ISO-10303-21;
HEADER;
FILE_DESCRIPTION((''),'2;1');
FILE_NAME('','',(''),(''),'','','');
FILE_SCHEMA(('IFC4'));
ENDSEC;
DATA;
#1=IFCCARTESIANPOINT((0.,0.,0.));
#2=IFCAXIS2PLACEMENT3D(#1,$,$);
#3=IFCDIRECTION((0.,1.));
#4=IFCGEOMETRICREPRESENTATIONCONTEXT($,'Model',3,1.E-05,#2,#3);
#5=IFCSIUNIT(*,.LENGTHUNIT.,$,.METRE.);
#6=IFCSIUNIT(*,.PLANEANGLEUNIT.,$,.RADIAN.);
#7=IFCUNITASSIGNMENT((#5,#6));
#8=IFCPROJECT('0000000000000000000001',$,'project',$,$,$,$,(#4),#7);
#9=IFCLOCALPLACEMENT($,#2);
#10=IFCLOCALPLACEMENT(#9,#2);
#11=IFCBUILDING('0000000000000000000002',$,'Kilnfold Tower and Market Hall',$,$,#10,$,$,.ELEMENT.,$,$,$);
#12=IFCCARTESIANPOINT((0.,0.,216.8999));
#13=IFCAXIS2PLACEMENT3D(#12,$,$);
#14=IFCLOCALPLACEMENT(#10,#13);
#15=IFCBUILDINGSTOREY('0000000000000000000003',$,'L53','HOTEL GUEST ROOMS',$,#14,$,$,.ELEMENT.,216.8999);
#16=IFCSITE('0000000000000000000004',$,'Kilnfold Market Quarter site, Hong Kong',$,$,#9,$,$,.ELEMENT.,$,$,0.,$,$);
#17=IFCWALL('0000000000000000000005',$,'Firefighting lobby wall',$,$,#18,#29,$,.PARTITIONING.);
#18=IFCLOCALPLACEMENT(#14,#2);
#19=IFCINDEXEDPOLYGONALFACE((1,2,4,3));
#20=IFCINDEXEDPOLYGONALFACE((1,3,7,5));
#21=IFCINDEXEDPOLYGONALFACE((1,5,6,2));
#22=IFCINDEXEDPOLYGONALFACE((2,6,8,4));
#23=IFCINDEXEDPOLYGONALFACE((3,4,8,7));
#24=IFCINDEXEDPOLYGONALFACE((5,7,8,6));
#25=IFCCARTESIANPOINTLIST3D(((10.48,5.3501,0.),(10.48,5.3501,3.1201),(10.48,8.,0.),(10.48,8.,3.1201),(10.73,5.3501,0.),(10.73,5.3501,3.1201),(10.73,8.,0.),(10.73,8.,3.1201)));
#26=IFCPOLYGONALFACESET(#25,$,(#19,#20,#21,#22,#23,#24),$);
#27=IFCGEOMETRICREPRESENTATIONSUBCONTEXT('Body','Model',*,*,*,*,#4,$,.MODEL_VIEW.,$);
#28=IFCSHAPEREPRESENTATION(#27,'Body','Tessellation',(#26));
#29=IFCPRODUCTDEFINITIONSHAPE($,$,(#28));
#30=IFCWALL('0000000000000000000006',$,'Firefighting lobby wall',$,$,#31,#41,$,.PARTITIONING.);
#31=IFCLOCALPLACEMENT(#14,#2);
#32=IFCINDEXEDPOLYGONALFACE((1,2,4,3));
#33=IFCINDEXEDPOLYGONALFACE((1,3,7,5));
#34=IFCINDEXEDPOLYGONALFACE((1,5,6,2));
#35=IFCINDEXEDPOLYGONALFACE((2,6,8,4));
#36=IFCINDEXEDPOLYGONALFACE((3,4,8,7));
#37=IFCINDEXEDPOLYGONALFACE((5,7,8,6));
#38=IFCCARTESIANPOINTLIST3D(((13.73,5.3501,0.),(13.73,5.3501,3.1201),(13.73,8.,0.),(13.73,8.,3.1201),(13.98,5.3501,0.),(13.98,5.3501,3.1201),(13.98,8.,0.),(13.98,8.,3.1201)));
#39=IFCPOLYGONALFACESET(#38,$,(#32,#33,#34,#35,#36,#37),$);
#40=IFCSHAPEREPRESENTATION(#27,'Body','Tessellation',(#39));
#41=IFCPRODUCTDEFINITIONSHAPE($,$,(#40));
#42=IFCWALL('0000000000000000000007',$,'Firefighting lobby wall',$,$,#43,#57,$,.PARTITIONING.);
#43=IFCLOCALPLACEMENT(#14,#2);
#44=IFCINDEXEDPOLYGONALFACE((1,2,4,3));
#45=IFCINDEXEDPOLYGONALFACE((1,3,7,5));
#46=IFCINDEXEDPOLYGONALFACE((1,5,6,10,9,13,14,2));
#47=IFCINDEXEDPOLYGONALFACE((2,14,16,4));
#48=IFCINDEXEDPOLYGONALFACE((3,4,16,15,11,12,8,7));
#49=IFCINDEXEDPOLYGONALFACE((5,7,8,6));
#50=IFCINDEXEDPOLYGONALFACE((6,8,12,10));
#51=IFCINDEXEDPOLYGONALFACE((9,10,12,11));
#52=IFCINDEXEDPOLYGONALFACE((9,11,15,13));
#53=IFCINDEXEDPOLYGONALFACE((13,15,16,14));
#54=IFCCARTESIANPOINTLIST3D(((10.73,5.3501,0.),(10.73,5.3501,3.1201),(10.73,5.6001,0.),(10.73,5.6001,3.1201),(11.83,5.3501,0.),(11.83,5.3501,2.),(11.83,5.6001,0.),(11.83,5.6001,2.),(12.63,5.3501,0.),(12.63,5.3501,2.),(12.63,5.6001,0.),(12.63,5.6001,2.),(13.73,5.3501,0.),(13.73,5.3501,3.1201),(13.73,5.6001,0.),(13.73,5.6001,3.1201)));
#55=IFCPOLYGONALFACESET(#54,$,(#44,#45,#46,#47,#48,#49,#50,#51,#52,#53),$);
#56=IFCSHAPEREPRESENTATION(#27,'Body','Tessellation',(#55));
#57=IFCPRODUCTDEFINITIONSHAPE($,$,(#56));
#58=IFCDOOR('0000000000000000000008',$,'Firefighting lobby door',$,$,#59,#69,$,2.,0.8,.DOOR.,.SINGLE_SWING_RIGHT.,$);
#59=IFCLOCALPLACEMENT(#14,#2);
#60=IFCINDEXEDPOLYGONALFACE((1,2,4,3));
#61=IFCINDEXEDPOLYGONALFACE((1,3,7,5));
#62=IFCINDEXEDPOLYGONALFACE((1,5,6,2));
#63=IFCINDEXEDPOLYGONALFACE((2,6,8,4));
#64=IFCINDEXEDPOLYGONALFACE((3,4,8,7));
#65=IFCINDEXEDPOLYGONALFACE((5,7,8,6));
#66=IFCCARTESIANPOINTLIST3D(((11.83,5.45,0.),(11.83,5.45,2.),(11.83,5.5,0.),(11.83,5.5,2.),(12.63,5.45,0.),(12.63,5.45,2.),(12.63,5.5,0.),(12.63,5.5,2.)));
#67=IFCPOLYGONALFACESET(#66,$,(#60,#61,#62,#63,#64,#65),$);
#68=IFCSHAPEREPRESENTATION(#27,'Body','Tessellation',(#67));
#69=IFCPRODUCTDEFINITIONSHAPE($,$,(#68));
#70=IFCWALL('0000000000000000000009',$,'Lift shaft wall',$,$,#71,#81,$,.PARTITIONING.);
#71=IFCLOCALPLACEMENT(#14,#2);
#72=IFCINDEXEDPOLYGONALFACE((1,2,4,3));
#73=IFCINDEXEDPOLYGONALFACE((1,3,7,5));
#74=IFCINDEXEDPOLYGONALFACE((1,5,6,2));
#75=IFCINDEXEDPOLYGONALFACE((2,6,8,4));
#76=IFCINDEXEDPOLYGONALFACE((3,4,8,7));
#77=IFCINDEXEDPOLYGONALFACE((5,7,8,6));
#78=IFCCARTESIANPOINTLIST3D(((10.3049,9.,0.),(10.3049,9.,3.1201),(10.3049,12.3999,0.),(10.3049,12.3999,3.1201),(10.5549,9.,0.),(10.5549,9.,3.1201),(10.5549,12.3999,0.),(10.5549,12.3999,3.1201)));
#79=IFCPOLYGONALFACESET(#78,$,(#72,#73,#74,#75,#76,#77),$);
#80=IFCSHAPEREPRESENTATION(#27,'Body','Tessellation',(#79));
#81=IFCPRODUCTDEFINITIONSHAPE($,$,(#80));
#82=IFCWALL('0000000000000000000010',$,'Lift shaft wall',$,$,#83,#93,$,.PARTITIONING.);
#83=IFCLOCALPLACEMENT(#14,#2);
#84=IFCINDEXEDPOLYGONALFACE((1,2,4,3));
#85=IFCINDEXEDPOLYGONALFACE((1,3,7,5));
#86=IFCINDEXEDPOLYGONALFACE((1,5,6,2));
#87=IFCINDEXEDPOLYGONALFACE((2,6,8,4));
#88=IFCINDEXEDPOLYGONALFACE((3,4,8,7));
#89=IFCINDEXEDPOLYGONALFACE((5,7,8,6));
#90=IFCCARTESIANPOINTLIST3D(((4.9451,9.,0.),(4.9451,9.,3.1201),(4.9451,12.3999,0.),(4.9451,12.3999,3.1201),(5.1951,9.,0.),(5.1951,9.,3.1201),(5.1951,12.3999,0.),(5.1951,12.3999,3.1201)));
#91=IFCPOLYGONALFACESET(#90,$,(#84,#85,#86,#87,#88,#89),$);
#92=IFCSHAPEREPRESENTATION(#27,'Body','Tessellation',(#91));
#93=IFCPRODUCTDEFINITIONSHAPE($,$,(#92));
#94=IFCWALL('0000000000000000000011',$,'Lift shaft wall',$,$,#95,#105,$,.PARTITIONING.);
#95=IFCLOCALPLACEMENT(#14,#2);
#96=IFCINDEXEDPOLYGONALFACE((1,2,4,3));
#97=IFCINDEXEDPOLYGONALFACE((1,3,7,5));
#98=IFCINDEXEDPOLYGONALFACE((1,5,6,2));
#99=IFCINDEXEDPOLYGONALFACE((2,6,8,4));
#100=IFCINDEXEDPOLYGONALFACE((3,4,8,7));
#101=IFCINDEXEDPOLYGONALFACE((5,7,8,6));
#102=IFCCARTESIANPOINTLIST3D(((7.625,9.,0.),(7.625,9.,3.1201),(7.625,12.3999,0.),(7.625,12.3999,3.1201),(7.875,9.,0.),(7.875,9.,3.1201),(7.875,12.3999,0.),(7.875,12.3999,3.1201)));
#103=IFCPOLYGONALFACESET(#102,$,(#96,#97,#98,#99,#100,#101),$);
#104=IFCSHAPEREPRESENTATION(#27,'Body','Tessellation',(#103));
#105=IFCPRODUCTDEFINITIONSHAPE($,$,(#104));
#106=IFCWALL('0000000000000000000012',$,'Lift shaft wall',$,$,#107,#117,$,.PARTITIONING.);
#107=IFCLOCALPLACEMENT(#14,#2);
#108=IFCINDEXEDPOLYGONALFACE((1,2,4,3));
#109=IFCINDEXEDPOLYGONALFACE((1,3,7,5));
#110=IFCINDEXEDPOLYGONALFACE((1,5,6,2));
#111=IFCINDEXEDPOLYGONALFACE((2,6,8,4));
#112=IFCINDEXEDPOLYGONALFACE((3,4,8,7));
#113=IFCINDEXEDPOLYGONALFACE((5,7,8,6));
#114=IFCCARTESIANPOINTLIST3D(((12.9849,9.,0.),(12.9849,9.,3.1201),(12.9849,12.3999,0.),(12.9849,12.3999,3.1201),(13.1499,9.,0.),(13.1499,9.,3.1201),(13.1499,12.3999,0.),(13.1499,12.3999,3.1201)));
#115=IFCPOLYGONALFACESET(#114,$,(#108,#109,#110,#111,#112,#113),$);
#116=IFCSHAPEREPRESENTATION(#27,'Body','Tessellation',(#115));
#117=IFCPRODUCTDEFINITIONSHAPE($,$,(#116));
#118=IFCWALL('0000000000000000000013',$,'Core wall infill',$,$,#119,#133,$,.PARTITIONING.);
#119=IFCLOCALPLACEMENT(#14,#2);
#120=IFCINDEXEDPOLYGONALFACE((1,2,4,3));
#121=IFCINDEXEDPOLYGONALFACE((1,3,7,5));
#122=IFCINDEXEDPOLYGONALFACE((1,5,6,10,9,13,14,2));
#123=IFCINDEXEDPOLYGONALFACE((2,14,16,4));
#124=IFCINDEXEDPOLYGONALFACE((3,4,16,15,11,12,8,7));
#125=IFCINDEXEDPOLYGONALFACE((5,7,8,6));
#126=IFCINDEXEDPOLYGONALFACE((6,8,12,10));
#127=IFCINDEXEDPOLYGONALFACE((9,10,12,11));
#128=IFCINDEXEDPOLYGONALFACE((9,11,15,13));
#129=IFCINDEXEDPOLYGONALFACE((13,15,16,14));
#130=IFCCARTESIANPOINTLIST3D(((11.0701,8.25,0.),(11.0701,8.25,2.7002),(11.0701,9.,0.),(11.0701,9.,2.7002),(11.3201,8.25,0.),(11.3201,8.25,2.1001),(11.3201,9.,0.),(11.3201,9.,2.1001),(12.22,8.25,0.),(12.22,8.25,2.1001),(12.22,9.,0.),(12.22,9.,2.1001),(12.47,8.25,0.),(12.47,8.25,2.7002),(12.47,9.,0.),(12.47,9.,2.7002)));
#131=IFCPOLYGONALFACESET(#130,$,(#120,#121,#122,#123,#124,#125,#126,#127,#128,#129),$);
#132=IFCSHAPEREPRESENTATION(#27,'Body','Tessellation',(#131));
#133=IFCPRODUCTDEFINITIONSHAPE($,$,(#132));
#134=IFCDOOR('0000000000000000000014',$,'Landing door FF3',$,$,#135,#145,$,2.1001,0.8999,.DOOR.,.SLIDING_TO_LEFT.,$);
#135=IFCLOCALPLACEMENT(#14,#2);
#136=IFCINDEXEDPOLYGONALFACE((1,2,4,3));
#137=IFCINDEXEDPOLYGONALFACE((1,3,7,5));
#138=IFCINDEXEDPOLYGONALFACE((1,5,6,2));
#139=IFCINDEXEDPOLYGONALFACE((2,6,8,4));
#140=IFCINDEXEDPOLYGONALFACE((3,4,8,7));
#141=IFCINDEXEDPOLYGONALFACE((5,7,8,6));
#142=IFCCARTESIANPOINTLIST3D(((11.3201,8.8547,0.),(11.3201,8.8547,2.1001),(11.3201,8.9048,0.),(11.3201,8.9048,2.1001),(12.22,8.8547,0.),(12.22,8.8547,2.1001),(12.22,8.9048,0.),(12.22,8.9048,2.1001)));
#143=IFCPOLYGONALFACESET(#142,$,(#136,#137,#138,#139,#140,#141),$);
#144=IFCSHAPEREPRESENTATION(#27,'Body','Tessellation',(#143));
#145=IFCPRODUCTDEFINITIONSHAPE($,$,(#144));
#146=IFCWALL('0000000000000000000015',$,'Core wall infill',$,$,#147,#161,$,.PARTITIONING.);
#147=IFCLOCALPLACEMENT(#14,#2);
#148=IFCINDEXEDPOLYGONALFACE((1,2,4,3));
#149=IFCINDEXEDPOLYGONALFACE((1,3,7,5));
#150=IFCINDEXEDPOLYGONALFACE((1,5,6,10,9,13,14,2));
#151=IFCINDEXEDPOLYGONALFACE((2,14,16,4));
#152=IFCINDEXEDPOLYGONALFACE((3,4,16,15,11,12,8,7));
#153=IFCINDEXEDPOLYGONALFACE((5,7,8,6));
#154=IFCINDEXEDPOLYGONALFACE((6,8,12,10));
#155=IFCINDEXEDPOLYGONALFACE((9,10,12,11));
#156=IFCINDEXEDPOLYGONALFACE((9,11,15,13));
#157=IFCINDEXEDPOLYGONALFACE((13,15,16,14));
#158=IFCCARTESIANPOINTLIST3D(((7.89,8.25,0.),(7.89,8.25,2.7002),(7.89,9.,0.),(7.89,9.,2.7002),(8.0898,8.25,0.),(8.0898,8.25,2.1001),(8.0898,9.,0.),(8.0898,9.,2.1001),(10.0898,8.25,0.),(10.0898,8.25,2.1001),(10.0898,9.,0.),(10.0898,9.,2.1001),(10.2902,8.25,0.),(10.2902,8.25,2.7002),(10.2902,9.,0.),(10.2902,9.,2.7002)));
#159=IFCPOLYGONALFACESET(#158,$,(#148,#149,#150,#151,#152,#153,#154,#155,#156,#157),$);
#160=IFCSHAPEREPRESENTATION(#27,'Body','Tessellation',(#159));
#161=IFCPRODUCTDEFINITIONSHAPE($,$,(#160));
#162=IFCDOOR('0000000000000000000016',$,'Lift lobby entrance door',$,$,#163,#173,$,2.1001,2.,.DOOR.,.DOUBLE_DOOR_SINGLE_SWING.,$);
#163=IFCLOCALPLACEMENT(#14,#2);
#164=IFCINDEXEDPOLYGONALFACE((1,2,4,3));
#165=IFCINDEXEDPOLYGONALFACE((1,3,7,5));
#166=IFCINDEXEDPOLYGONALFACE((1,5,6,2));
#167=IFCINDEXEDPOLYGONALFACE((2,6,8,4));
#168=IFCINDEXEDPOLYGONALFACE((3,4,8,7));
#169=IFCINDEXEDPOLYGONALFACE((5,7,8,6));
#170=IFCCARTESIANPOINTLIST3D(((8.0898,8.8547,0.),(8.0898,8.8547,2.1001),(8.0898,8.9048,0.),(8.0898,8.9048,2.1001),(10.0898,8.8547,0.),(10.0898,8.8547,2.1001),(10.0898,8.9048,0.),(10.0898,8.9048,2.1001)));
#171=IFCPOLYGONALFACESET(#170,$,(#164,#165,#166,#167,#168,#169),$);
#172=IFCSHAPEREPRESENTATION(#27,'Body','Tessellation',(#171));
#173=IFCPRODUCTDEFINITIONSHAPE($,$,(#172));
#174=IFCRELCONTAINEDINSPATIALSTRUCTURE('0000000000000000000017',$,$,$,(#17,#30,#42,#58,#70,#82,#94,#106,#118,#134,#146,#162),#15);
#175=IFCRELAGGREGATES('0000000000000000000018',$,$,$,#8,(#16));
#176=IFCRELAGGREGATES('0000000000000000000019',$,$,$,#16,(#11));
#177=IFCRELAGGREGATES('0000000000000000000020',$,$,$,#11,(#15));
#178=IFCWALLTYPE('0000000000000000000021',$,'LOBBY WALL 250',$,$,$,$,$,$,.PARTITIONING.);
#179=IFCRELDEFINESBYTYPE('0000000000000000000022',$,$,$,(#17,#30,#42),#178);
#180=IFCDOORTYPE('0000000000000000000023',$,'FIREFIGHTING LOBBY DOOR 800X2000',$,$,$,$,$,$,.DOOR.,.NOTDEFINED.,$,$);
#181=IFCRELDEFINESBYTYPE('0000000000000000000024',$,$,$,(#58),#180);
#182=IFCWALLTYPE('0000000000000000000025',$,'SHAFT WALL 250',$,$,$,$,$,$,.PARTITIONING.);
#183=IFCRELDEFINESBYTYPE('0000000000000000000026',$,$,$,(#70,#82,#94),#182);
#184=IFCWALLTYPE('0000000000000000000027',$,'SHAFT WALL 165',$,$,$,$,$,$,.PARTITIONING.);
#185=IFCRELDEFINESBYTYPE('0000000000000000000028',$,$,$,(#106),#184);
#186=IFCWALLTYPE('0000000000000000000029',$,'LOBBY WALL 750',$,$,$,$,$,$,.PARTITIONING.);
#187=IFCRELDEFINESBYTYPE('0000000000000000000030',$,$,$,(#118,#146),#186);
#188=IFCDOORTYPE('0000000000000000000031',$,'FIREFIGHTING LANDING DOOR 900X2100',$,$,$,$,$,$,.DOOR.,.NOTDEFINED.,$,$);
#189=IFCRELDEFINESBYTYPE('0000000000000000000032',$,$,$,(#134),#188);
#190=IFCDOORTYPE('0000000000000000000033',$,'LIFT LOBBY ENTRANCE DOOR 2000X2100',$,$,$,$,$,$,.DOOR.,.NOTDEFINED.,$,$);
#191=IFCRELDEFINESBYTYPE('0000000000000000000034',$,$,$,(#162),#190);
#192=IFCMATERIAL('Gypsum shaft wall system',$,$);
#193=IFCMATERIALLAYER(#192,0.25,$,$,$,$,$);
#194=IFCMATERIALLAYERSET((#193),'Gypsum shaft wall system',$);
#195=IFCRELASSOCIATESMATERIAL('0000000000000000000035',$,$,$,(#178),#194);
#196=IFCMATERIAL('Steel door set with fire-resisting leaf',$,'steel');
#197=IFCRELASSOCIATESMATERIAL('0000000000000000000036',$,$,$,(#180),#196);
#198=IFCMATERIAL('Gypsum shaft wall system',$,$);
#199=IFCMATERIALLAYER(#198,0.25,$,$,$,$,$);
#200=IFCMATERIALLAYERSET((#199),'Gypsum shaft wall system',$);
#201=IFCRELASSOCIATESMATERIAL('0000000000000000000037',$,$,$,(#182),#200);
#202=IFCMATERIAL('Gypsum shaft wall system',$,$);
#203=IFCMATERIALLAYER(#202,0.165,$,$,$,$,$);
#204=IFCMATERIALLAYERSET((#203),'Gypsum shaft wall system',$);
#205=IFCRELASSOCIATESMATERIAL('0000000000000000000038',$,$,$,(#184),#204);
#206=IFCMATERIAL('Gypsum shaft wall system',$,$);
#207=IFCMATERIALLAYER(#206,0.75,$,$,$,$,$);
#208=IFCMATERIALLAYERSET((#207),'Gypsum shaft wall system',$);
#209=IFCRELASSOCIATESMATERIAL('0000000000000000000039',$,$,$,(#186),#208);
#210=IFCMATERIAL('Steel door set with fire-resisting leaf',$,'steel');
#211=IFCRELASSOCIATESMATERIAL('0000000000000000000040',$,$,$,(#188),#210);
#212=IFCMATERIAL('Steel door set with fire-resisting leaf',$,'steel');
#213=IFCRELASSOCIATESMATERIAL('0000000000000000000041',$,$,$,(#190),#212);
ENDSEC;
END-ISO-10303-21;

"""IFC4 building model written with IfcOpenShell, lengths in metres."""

from ifc_helpers import new_model, si_unit, direction, frame, frame_2d, origin, place, context, subcontext, project, spatial, rectangle, extrude, source, transform, mapped, material, layer, layer_set, type_object, element, fill, save


model = new_model("IFC4")

# Units and contexts
model_context = context("Model", 3, precision=1e-05, world=origin(), true_north=direction((0.0, 1.0)))
body_context = subcontext(model_context, "Body", "Model", "MODEL_VIEW")
ifc_project = project(units=[si_unit("LENGTHUNIT", "METRE"), si_unit("PLANEANGLEUNIT", "RADIAN")], contexts=[model_context])

# Site, building, storey
site_placement = place(None, origin())
site = spatial("IfcSite", under=ifc_project, at=site_placement, Name="Kilnfold Market Quarter site, Hong Kong", CompositionType="ELEMENT", RefElevation=0.0)
building_placement = place(site_placement, origin())
building = spatial("IfcBuilding", under=site, at=building_placement, Name="Kilnfold Tower and Market Hall", CompositionType="ELEMENT")
storey_placement = place(building_placement, frame((0.0, 0.0, 216.8999)))
storey = spatial("IfcBuildingStorey", under=building, at=storey_placement, Name="L53", Description="HOTEL GUEST ROOMS", CompositionType="ELEMENT", Elevation=216.8999)

# Walls
ifc_material_1 = material(Name="Gypsum shaft wall system")
ifc_layer_1 = layer(ifc_material_1, 0.25)
ifc_layer_set_1 = layer_set([ifc_layer_1], Name="Gypsum shaft wall system")
wall_type_1 = type_object("IfcWallType", Name="LOBBY WALL 250", PredefinedType="PARTITIONING", material=ifc_layer_set_1)
shared_shape_1 = source(origin(), body_context, "Body", "SweptSolid", [
    extrude(rectangle(XDim=2.6499, YDim=0.25, at=frame_2d((1.325, 0.0))), origin(), (0.0, 0.0, 1.0), 3.1201),
])
for number, where, z_axis, x_axis, name in (
    (1, (10.605, 5.3501, 0.0), (0.0, 0.0, 1.0), (0.0, 1.0, 0.0), "Firefighting lobby wall"),
    (2, (13.855, 5.3501, 0.0), (0.0, 0.0, 1.0), (0.0, 1.0, 0.0), "Firefighting lobby wall"),
):
    element("IfcWall", number, at=place(storey_placement, frame(where, z_axis=z_axis, x_axis=x_axis)), inside=storey, type_object=wall_type_1, Name=name, PredefinedType="PARTITIONING", context=body_context, shape_type="MappedRepresentation", body=[
        mapped(shared_shape_1, transform((0.0, 0.0, 0.0))),
    ])

# Wall, opening, door
shared_shape_2 = source(origin(), body_context, "Body", "SweptSolid", [
    extrude(rectangle(XDim=3.0, YDim=0.25, at=frame_2d((1.5, 0.0))), origin(), (0.0, 0.0, 1.0), 3.1201),
])
wall_1_placement = place(storey_placement, frame((10.73, 5.4751, 0.0), z_axis=(0.0, 0.0, 1.0), x_axis=(1.0, 0.0, 0.0)))
wall_1 = element("IfcWall", 3, at=wall_1_placement, inside=storey, type_object=wall_type_1, Name="Firefighting lobby wall", PredefinedType="PARTITIONING", context=body_context, shape_type="MappedRepresentation", body=[
    mapped(shared_shape_2, transform((0.0, 0.0, 0.0))),
])
opening_1_placement = place(wall_1_placement, frame((1.1001, 0.0, 0.0)))
opening_1 = element("IfcOpeningElement", 4, at=opening_1_placement, cuts=wall_1, PredefinedType="OPENING", context=body_context, shape_type="SweptSolid", body=[
    extrude(rectangle(XDim=0.8, YDim=2.0, at=frame_2d((0.3999, 1.0))), frame((0.0, 0.135, 0.0), z_axis=(0.0, -1.0, 0.0), x_axis=(1.0, 0.0, 0.0)), (0.0, 0.0, 1.0), 0.27),
])
ifc_material_2 = material(Name="Steel door set with fire-resisting leaf", Category="steel")
door_type_1 = type_object("IfcDoorType", Name="FIREFIGHTING LOBBY DOOR 800X2000", OperationType="NOTDEFINED", PredefinedType="DOOR", material=ifc_material_2)
door_1_placement = place(opening_1_placement, origin())
door_1 = element("IfcDoor", 5, at=door_1_placement, inside=storey, type_object=door_type_1, Name="Firefighting lobby door", OperationType="SINGLE_SWING_RIGHT", OverallHeight=2.0, OverallWidth=0.8, PredefinedType="DOOR", context=body_context, shape_type="SweptSolid", body=[
    extrude(rectangle(XDim=0.8, YDim=2.0, at=frame_2d((0.3999, 1.0))), frame((0.0, 0.0249, 0.0), z_axis=(0.0, -1.0, 0.0), x_axis=(1.0, 0.0, 0.0)), (0.0, 0.0, 1.0), 0.05),
])
fill(opening_1, door_1)

# Walls
ifc_material_3 = material(Name="Gypsum shaft wall system")
ifc_layer_2 = layer(ifc_material_3, 0.25)
ifc_layer_set_2 = layer_set([ifc_layer_2], Name="Gypsum shaft wall system")
wall_type_2 = type_object("IfcWallType", Name="SHAFT WALL 250", PredefinedType="PARTITIONING", material=ifc_layer_set_2)
shared_shape_3 = source(origin(), body_context, "Body", "SweptSolid", [
    extrude(rectangle(XDim=3.3999, YDim=0.25, at=frame_2d((1.7, 0.0))), origin(), (0.0, 0.0, 1.0), 3.1201),
])
for number, where, z_axis, x_axis, name in (
    (6, (10.4299, 9.0, 0.0), (0.0, 0.0, 1.0), (0.0, 1.0, 0.0), "Lift shaft wall"),
    (7, (5.0701, 9.0, 0.0), (0.0, 0.0, 1.0), (0.0, 1.0, 0.0), "Lift shaft wall"),
    (8, (7.75, 9.0, 0.0), (0.0, 0.0, 1.0), (0.0, 1.0, 0.0), "Lift shaft wall"),
):
    element("IfcWall", number, at=place(storey_placement, frame(where, z_axis=z_axis, x_axis=x_axis)), inside=storey, type_object=wall_type_2, Name=name, PredefinedType="PARTITIONING", context=body_context, shape_type="MappedRepresentation", body=[
        mapped(shared_shape_3, transform((0.0, 0.0, 0.0))),
    ])
ifc_material_4 = material(Name="Gypsum shaft wall system")
ifc_layer_3 = layer(ifc_material_4, 0.165)
ifc_layer_set_3 = layer_set([ifc_layer_3], Name="Gypsum shaft wall system")
wall_type_3 = type_object("IfcWallType", Name="SHAFT WALL 165", PredefinedType="PARTITIONING", material=ifc_layer_set_3)
shared_shape_4 = source(origin(), body_context, "Body", "SweptSolid", [
    extrude(rectangle(XDim=3.3999, YDim=0.165, at=frame_2d((1.7, 0.0))), origin(), (0.0, 0.0, 1.0), 3.1201),
])
wall_2_placement = place(storey_placement, frame((13.0674, 9.0, 0.0), z_axis=(0.0, 0.0, 1.0), x_axis=(0.0, 1.0, 0.0)))
element("IfcWall", 9, at=wall_2_placement, inside=storey, type_object=wall_type_3, Name="Lift shaft wall", PredefinedType="PARTITIONING", context=body_context, shape_type="MappedRepresentation", body=[
    mapped(shared_shape_4, transform((0.0, 0.0, 0.0))),
])

# Walls, openings, doors
ifc_material_5 = material(Name="Gypsum shaft wall system")
ifc_layer_4 = layer(ifc_material_5, 0.75)
ifc_layer_set_4 = layer_set([ifc_layer_4], Name="Gypsum shaft wall system")
wall_type_4 = type_object("IfcWallType", Name="LOBBY WALL 750", PredefinedType="PARTITIONING", material=ifc_layer_set_4)
shared_shape_5 = source(origin(), body_context, "Body", "SweptSolid", [
    extrude(rectangle(XDim=1.3999, YDim=0.75, at=frame_2d((0.7, 0.0))), origin(), (0.0, 0.0, 1.0), 2.7002),
])
wall_3_placement = place(storey_placement, frame((11.0701, 8.625, 0.0), z_axis=(0.0, 0.0, 1.0), x_axis=(1.0, 0.0, 0.0)))
wall_3 = element("IfcWall", 10, at=wall_3_placement, inside=storey, type_object=wall_type_4, Name="Core wall infill", PredefinedType="PARTITIONING", context=body_context, shape_type="MappedRepresentation", body=[
    mapped(shared_shape_5, transform((0.0, 0.0, 0.0))),
])
opening_2_placement = place(wall_3_placement, frame((0.25, 0.0, 0.0)))
opening_2 = element("IfcOpeningElement", 11, at=opening_2_placement, cuts=wall_3, PredefinedType="OPENING", context=body_context, shape_type="SweptSolid", body=[
    extrude(rectangle(XDim=0.8999, YDim=2.1001, at=frame_2d((0.45, 1.05))), frame((0.0, 0.385, 0.0), z_axis=(0.0, -1.0, 0.0), x_axis=(1.0, 0.0, 0.0)), (0.0, 0.0, 1.0), 0.77),
])
ifc_material_6 = material(Name="Steel door set with fire-resisting leaf", Category="steel")
door_type_2 = type_object("IfcDoorType", Name="FIREFIGHTING LANDING DOOR 900X2100", OperationType="NOTDEFINED", PredefinedType="DOOR", material=ifc_material_6)
door_2_placement = place(opening_2_placement, origin())
door_2 = element("IfcDoor", 12, at=door_2_placement, inside=storey, type_object=door_type_2, Name="Landing door FF3", OperationType="SLIDING_TO_LEFT", OverallHeight=2.1001, OverallWidth=0.8999, PredefinedType="DOOR", context=body_context, shape_type="SweptSolid", body=[
    extrude(rectangle(XDim=0.8999, YDim=2.1001, at=frame_2d((0.45, 1.05))), frame((0.0, 0.2798, 0.0), z_axis=(0.0, -1.0, 0.0), x_axis=(1.0, 0.0, 0.0)), (0.0, 0.0, 1.0), 0.05),
])
fill(opening_2, door_2)
shared_shape_6 = source(origin(), body_context, "Body", "SweptSolid", [
    extrude(rectangle(XDim=2.4001, YDim=0.75, at=frame_2d((1.2002, 0.0))), origin(), (0.0, 0.0, 1.0), 2.7002),
])
wall_4_placement = place(storey_placement, frame((7.8899, 8.625, 0.0), z_axis=(0.0, 0.0, 1.0), x_axis=(1.0, 0.0, 0.0)))
wall_4 = element("IfcWall", 13, at=wall_4_placement, inside=storey, type_object=wall_type_4, Name="Core wall infill", PredefinedType="PARTITIONING", context=body_context, shape_type="MappedRepresentation", body=[
    mapped(shared_shape_6, transform((0.0, 0.0, 0.0))),
])
opening_3_placement = place(wall_4_placement, frame((0.2, 0.0, 0.0)))
opening_3 = element("IfcOpeningElement", 14, at=opening_3_placement, cuts=wall_4, PredefinedType="OPENING", context=body_context, shape_type="SweptSolid", body=[
    extrude(rectangle(XDim=2.0, YDim=2.1001, at=frame_2d((1.0, 1.05))), frame((0.0, 0.385, 0.0), z_axis=(0.0, -1.0, 0.0), x_axis=(1.0, 0.0, 0.0)), (0.0, 0.0, 1.0), 0.77),
])
ifc_material_7 = material(Name="Steel door set with fire-resisting leaf", Category="steel")
door_type_3 = type_object("IfcDoorType", Name="LIFT LOBBY ENTRANCE DOOR 2000X2100", OperationType="NOTDEFINED", PredefinedType="DOOR", material=ifc_material_7)
door_3_placement = place(opening_3_placement, origin())
door_3 = element("IfcDoor", 15, at=door_3_placement, inside=storey, type_object=door_type_3, Name="Lift lobby entrance door", OperationType="DOUBLE_DOOR_SINGLE_SWING", OverallHeight=2.1001, OverallWidth=2.0, PredefinedType="DOOR", context=body_context, shape_type="SweptSolid", body=[
    extrude(rectangle(XDim=2.0, YDim=2.1001, at=frame_2d((1.0, 1.05))), frame((0.0, 0.2798, 0.0), z_axis=(0.0, -1.0, 0.0), x_axis=(1.0, 0.0, 0.0)), (0.0, 0.0, 1.0), 0.05),
])
fill(opening_3, door_3)

save(model, "model.ifc")
